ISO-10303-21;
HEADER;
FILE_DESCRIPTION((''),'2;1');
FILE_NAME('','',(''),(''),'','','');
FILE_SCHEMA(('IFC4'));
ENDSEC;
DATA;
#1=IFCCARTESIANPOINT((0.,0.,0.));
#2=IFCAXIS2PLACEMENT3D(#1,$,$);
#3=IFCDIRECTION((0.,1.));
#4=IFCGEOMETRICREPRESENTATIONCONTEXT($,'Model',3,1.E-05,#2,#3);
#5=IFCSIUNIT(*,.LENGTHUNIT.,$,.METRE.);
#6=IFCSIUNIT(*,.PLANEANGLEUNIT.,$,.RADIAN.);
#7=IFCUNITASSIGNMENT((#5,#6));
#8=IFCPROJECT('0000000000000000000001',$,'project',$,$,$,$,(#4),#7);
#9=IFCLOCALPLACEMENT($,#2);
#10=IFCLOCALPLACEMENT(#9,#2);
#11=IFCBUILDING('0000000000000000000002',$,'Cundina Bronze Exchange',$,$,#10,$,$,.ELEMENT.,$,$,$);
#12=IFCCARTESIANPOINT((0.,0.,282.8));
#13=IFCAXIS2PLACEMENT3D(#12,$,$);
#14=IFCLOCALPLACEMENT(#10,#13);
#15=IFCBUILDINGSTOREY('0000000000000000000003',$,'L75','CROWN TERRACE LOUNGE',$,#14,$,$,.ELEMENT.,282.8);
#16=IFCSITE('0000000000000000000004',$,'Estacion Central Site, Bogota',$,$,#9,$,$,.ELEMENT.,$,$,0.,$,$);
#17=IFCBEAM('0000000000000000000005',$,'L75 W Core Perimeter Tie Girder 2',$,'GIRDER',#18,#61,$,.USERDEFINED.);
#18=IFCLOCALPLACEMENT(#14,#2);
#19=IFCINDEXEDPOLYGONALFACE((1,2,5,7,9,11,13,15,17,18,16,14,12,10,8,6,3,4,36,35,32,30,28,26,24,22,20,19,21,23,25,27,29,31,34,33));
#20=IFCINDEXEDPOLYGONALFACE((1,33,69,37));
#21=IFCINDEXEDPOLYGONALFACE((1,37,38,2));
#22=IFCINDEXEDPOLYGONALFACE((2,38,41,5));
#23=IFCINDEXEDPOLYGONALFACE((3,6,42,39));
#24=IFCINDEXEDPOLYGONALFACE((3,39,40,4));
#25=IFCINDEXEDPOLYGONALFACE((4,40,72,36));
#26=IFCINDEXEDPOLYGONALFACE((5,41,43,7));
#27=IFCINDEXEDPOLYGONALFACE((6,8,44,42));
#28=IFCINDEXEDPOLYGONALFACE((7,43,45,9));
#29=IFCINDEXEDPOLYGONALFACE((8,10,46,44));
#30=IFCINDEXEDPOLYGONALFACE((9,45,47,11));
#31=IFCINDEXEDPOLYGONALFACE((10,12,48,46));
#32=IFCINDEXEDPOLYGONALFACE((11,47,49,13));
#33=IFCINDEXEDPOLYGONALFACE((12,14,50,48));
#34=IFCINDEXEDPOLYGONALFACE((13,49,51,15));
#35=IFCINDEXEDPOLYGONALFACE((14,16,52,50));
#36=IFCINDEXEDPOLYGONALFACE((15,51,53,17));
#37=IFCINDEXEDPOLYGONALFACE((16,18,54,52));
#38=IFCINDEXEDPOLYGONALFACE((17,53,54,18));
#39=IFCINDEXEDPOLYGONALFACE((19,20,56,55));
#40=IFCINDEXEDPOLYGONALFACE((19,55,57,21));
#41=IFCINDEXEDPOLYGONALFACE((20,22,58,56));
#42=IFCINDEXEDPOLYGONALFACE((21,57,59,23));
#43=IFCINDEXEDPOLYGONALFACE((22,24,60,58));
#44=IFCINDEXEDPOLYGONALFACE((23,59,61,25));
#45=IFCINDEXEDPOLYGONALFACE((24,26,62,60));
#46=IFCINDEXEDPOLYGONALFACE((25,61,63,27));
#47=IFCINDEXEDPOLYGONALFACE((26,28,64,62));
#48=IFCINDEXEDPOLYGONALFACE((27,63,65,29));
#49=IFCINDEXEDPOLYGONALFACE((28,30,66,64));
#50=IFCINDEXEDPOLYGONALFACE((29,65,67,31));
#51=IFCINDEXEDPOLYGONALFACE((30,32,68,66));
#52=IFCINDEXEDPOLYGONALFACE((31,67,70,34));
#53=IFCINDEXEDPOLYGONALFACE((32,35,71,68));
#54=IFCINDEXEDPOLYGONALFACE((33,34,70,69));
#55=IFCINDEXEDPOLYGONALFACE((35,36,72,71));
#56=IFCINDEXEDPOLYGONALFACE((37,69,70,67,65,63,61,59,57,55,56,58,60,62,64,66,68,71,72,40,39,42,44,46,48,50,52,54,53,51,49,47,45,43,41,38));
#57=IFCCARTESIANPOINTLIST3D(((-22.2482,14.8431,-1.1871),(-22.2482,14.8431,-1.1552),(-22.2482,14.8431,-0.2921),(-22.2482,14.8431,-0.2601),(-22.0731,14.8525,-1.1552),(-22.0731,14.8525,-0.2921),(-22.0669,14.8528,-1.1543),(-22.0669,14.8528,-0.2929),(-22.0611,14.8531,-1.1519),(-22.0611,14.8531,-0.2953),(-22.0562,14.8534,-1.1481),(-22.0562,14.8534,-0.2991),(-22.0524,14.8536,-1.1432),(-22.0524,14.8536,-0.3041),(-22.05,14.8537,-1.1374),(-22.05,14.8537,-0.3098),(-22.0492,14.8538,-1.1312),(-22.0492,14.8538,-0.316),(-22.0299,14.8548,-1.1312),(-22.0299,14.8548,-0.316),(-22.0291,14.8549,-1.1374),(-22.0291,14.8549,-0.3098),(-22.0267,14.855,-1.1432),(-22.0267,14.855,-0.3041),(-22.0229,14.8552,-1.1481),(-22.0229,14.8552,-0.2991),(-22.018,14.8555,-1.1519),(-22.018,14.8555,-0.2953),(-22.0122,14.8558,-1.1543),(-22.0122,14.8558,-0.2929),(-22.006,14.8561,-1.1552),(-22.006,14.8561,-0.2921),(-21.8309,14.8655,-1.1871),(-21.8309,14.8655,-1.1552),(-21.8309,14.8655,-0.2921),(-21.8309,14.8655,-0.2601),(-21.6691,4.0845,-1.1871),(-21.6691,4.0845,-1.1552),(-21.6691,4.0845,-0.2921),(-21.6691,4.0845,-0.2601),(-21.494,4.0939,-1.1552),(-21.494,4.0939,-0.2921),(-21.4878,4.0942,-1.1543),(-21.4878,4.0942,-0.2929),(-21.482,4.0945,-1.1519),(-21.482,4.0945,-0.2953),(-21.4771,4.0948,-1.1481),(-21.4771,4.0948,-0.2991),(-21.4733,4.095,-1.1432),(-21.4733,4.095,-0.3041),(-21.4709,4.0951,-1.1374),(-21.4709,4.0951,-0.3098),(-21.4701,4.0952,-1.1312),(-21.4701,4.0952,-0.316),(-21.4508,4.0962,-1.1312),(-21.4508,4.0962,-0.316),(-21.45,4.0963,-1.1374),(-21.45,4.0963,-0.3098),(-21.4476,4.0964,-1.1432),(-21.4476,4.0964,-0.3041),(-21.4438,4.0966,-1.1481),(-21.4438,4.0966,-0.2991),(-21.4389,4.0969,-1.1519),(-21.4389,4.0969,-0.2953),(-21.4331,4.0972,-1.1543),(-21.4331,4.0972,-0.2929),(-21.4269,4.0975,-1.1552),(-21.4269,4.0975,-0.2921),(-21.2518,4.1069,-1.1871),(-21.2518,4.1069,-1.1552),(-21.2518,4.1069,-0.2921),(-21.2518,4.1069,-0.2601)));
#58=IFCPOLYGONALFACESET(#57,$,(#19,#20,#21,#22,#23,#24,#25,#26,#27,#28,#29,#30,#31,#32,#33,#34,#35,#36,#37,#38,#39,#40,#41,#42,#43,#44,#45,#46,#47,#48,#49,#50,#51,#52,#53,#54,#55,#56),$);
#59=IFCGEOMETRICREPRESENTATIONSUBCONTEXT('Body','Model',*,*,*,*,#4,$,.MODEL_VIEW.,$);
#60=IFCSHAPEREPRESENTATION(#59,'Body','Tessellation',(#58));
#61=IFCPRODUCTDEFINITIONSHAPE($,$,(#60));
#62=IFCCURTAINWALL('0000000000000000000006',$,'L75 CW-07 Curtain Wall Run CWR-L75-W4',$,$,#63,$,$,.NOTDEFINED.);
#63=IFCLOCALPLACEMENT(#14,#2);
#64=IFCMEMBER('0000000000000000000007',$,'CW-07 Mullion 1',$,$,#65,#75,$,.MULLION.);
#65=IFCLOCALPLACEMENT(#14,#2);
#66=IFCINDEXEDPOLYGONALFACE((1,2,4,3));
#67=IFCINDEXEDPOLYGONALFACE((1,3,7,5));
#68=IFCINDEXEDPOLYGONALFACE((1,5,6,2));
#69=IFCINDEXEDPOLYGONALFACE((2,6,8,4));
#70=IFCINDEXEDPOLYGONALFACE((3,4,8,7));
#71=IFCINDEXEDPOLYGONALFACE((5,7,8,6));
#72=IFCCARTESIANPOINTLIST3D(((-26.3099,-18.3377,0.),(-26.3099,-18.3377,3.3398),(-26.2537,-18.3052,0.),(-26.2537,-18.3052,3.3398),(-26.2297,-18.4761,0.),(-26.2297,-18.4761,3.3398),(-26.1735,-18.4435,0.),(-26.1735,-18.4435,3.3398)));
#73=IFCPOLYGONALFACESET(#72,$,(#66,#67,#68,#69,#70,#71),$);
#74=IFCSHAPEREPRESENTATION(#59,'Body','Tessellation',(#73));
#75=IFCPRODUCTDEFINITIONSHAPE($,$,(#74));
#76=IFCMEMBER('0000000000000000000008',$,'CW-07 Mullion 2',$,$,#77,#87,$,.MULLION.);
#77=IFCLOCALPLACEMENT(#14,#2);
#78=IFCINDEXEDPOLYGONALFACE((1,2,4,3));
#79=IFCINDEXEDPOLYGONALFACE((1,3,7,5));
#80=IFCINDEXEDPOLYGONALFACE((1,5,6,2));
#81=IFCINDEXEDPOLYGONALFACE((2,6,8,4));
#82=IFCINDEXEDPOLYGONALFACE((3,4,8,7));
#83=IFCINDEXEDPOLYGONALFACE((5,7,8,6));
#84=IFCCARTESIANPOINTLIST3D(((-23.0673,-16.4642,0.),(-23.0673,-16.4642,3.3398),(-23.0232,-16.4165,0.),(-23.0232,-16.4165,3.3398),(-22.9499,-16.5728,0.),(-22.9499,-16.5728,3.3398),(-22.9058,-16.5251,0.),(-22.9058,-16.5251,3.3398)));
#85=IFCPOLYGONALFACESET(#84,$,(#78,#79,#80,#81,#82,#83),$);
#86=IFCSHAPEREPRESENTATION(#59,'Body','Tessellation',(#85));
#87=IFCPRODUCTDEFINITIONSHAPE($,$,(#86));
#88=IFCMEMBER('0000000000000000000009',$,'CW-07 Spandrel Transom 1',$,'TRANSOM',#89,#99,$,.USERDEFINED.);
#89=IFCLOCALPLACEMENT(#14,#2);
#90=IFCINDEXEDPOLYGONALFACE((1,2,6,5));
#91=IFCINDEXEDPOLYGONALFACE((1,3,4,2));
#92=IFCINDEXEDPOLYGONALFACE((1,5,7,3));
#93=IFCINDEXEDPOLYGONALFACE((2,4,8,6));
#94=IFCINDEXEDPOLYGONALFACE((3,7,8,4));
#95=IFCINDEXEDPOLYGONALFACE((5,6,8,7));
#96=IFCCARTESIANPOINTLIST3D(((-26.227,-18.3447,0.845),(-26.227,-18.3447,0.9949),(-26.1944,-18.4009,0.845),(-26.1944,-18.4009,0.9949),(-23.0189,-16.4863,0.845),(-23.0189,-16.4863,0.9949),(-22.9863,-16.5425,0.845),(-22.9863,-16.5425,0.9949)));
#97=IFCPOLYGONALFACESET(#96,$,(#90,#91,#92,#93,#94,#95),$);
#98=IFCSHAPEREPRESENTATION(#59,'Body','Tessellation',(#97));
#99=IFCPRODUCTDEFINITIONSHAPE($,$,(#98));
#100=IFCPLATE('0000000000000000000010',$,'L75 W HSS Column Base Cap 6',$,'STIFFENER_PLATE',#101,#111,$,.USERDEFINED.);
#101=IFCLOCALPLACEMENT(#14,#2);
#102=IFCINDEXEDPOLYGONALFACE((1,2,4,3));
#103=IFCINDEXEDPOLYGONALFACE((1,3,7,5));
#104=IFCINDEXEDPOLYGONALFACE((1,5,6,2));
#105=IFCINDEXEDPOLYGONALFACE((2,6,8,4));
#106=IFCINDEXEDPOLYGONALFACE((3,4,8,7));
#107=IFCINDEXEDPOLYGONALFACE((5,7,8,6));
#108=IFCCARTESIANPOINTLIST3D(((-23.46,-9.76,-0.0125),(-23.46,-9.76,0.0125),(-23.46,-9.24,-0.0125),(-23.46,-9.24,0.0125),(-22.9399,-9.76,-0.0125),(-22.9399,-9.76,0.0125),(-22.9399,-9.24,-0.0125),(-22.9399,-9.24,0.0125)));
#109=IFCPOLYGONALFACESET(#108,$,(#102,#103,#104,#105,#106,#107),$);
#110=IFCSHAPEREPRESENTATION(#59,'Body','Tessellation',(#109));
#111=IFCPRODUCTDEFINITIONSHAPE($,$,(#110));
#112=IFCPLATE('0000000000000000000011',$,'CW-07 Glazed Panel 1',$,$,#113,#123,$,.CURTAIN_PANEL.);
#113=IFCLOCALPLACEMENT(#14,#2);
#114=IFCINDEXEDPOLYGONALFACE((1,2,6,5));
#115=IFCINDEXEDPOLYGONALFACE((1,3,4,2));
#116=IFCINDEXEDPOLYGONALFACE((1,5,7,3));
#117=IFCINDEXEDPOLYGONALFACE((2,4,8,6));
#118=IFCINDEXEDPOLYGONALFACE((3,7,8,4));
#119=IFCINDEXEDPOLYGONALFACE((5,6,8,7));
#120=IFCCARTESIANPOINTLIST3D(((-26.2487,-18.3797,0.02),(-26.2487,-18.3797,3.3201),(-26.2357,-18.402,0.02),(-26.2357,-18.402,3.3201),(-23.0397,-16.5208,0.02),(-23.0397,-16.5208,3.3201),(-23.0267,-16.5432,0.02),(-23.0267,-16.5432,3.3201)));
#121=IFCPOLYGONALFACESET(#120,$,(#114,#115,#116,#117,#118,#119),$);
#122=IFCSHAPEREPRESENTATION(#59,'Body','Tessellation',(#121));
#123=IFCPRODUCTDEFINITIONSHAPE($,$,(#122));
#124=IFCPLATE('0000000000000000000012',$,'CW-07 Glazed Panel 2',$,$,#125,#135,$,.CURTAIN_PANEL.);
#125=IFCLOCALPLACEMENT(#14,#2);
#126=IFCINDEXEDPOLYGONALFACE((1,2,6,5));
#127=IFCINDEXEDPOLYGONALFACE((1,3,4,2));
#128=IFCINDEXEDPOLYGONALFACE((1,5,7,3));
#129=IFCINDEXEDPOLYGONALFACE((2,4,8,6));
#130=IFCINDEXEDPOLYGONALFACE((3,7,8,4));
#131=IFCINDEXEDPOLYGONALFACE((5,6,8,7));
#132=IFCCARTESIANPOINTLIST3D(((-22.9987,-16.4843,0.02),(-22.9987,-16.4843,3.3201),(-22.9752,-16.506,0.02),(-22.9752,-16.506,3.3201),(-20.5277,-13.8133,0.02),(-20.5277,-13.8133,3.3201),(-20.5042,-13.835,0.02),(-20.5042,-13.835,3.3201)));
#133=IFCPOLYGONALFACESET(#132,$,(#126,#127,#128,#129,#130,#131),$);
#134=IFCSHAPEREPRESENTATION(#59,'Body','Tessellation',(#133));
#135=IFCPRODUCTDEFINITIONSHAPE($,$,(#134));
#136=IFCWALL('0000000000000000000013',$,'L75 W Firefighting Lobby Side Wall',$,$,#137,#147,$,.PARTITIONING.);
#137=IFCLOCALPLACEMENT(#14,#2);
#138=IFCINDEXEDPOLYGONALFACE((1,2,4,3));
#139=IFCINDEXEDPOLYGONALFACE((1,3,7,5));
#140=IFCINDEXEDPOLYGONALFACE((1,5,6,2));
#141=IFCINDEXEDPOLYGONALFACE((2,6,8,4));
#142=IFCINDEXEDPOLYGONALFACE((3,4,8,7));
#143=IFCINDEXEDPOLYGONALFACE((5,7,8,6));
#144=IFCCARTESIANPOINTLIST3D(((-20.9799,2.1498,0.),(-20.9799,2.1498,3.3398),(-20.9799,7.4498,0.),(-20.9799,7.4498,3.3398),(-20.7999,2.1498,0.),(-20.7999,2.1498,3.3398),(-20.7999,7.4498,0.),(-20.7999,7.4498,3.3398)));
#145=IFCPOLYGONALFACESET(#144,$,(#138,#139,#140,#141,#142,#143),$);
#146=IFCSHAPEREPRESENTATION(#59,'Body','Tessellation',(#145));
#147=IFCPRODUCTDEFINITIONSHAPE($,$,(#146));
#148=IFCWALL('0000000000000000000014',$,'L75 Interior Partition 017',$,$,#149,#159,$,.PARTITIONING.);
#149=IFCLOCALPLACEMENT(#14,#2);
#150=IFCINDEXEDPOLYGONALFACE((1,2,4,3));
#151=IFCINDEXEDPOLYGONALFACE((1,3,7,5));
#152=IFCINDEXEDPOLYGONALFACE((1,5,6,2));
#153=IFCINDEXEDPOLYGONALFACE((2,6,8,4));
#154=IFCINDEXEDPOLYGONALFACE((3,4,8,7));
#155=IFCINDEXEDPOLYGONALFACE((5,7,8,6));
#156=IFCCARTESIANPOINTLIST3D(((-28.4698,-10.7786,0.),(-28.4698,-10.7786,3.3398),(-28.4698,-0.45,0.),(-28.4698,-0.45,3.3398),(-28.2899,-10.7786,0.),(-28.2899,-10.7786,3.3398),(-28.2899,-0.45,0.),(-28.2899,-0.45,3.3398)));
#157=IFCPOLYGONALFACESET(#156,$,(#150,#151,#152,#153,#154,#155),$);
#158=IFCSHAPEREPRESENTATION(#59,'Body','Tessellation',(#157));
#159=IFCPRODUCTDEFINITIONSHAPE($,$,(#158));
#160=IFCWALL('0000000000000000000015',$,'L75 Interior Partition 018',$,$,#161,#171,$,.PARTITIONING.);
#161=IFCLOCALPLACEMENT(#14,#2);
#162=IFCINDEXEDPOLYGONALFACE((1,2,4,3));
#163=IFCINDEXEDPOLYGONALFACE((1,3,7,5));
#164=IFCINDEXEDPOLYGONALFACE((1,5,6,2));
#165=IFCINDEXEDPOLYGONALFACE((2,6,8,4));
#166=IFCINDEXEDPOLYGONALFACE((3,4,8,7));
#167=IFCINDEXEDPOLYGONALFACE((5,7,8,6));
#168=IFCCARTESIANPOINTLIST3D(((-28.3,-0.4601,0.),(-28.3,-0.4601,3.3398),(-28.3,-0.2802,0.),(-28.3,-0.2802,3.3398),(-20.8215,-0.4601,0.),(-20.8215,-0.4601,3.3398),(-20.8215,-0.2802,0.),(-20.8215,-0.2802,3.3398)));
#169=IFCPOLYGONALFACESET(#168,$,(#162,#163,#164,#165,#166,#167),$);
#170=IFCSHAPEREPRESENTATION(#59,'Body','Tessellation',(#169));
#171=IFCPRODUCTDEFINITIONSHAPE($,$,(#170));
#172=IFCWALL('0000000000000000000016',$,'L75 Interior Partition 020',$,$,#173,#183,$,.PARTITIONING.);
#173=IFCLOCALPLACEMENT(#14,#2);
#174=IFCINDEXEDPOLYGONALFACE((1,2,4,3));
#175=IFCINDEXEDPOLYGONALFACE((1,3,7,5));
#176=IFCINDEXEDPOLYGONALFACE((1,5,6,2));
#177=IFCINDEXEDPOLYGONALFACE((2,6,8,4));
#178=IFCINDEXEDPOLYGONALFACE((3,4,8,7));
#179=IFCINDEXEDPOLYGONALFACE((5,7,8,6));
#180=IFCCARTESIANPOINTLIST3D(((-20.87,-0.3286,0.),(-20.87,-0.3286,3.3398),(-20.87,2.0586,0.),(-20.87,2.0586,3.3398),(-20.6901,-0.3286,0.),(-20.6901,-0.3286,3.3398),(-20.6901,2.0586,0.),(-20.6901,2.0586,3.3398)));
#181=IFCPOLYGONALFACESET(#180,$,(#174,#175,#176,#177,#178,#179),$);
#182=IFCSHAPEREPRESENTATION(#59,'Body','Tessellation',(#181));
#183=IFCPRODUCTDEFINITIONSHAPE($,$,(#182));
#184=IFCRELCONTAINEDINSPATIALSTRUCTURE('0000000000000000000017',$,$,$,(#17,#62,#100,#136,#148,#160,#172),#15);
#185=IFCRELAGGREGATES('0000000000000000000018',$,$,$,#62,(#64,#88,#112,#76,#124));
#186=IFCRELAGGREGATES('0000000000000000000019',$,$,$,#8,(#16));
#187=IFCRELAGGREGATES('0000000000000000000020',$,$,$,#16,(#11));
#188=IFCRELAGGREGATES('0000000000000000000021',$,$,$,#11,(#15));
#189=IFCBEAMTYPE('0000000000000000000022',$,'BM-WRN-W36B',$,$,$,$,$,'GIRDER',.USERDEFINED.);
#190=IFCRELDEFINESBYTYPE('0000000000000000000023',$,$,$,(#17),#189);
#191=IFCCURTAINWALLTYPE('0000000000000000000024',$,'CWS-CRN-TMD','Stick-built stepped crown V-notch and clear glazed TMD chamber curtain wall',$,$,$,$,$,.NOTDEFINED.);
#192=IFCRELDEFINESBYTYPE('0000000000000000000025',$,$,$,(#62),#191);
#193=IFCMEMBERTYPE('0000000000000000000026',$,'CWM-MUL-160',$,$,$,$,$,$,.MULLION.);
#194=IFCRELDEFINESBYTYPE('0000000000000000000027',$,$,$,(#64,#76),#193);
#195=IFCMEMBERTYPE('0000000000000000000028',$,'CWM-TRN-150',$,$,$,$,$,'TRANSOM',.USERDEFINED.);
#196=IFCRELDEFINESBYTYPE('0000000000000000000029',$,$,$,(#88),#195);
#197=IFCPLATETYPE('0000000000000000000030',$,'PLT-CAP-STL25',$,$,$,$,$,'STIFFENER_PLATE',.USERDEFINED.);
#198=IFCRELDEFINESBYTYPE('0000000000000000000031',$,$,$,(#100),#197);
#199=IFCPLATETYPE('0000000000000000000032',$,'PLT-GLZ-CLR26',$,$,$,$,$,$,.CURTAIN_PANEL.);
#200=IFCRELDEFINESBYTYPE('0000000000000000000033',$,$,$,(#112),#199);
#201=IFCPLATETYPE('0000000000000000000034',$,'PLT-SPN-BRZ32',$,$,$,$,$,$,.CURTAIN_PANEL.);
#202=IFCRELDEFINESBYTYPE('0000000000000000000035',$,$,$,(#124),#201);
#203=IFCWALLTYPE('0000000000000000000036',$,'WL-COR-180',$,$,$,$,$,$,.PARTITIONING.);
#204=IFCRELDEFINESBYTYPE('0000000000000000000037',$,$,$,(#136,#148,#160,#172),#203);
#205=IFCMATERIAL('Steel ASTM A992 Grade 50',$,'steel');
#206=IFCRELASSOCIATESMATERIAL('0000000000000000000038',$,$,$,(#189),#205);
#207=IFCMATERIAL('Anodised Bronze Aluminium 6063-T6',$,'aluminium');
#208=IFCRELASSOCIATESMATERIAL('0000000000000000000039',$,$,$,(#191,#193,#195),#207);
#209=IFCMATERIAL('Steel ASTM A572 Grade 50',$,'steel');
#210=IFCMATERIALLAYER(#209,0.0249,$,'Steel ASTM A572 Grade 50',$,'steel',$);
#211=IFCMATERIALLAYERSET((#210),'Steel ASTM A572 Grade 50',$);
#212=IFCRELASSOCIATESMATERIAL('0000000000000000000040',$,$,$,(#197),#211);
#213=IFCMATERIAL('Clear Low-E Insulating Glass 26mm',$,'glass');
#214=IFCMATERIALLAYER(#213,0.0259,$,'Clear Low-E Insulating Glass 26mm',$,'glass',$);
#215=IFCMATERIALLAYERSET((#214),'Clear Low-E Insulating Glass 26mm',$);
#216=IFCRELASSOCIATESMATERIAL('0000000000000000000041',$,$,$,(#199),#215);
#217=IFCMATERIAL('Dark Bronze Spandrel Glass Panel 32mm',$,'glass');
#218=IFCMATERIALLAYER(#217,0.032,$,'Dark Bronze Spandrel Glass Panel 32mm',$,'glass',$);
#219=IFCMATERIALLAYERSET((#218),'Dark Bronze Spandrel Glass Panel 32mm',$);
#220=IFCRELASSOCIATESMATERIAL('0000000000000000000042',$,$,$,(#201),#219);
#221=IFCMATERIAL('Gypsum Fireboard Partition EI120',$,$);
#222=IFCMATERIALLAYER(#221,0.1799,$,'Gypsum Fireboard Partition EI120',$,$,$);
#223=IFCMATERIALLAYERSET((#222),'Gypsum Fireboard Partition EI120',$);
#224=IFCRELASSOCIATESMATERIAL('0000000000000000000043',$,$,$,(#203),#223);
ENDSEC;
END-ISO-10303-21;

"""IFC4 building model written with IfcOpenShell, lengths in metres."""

from ifc_helpers import new_model, si_unit, direction, frame, frame_2d, origin, origin_2d, place, context, subcontext, project, spatial, rectangle, i_section, extrude, material, layer, layer_set, material_profile, profile_set, type_object, element, aggregate, save


model = new_model("IFC4")

# Units and contexts
model_context = context("Model", 3, precision=1e-05, world=origin(), true_north=direction((0.0, 1.0)))
body_context = subcontext(model_context, "Body", "Model", "MODEL_VIEW")
ifc_project = project(units=[si_unit("LENGTHUNIT", "METRE"), si_unit("PLANEANGLEUNIT", "RADIAN")], contexts=[model_context])

# Site, building, storey
site_placement = place(None, origin())
site = spatial("IfcSite", under=ifc_project, at=site_placement, Name="Estacion Central Site, Bogota", CompositionType="ELEMENT", RefElevation=0.0)
building_placement = place(site_placement, origin())
building = spatial("IfcBuilding", under=site, at=building_placement, Name="Cundina Bronze Exchange", CompositionType="ELEMENT")
storey_placement = place(building_placement, frame((0.0, 0.0, 282.8)))
storey = spatial("IfcBuildingStorey", under=building, at=storey_placement, Name="L75", Description="CROWN TERRACE LOUNGE", CompositionType="ELEMENT", Elevation=282.8)

# Shared definitions
ifc_material_1 = material(Name="Steel ASTM A992 Grade 50", Category="steel")

# Beam
ifc_material_profile_1 = material_profile(ifc_material_1, i_section(OverallWidth=0.418, OverallDepth=0.927, WebThickness=0.0193, FlangeThickness=0.032, FilletRadius=0.0239, at=origin_2d()), Name="W36X231", Category="steel")
ifc_profile_set_1 = profile_set([ifc_material_profile_1], Name="Steel ASTM A992 Grade 50")
beam_type_1 = type_object("IfcBeamType", Name="BM-WRN-W36B", ElementType="GIRDER", PredefinedType="USERDEFINED", material=ifc_profile_set_1)
beam_1_placement = place(storey_placement, frame((-21.4604, 4.0957, -0.7236), z_axis=(-0.053749, 0.998554, 0.0), x_axis=(-0.998554, -0.053749, 0.0)))
element("IfcBeam", 1, at=beam_1_placement, inside=storey, type_object=beam_type_1, Name="L75 W Core Perimeter Tie Girder 2", ObjectType="GIRDER", PredefinedType="USERDEFINED", context=body_context, shape_type="SweptSolid", body=[
    extrude(i_section(OverallWidth=0.418, OverallDepth=0.927, WebThickness=0.0193, FlangeThickness=0.032, FilletRadius=0.0239, at=origin_2d()), origin(), (0.0, 0.0, 1.0), 10.7742),
])

# Curtain wall, members
ifc_material_2 = material(Name="Anodised Bronze Aluminium 6063-T6", Category="aluminium")
curtain_wall_type = type_object("IfcCurtainWallType", Name="CWS-CRN-TMD", Description="Stick-built stepped crown V-notch and clear glazed TMD chamber curtain wall", PredefinedType="NOTDEFINED", material=ifc_material_2)
curtain_wall_placement = place(storey_placement, origin())
curtain_wall = element("IfcCurtainWall", 2, at=curtain_wall_placement, inside=storey, type_object=curtain_wall_type, Name="L75 CW-07 Curtain Wall Run CWR-L75-W4", PredefinedType="NOTDEFINED")
ifc_material_profile_2 = material_profile(ifc_material_2, rectangle(XDim=0.0649, YDim=0.1599, at=origin_2d()), Name="AL65X160", Category="aluminium")
ifc_profile_set_2 = profile_set([ifc_material_profile_2], Name="Anodised Bronze Aluminium 6063-T6")
member_type_1 = type_object("IfcMemberType", Name="CWM-MUL-160", PredefinedType="MULLION", material=ifc_profile_set_2)
member_1_placement = place(storey_placement, frame((-26.2417, -18.3906, 0.0), z_axis=(0.0, 0.0, 1.0), x_axis=(0.865326, 0.501209, 0.0)))
member_1 = element("IfcMember", 3, at=member_1_placement, type_object=member_type_1, Name="CW-07 Mullion 1", PredefinedType="MULLION", context=body_context, shape_type="SweptSolid", body=[
    extrude(rectangle(XDim=0.0649, YDim=0.1599, at=origin_2d()), origin(), (0.0, 0.0, 1.0), 3.3398),
])
member_2_placement = place(storey_placement, frame((-22.9866, -16.4946, 0.0), z_axis=(0.0, 0.0, 1.0), x_axis=(0.679057, 0.734086, 0.0)))
member_2 = element("IfcMember", 4, at=member_2_placement, type_object=member_type_1, Name="CW-07 Mullion 2", PredefinedType="MULLION", context=body_context, shape_type="SweptSolid", body=[
    extrude(rectangle(XDim=0.0649, YDim=0.1599, at=origin_2d()), origin(), (0.0, 0.0, 1.0), 3.3398),
])
ifc_material_profile_3 = material_profile(ifc_material_2, rectangle(XDim=0.0649, YDim=0.1499, at=origin_2d()), Name="AL65X150", Category="aluminium")
ifc_profile_set_3 = profile_set([ifc_material_profile_3], Name="Anodised Bronze Aluminium 6063-T6")
member_type_2 = type_object("IfcMemberType", Name="CWM-TRN-150", ElementType="TRANSOM", PredefinedType="USERDEFINED", material=ifc_profile_set_3)
member_3_placement = place(storey_placement, frame((-26.2107, -18.3728, 0.9199), z_axis=(0.865294, 0.501265, 0.0), x_axis=(-0.501265, 0.865294, 0.0)))
member_3 = element("IfcMember", 5, at=member_3_placement, type_object=member_type_2, Name="CW-07 Spandrel Transom 1", ObjectType="TRANSOM", PredefinedType="USERDEFINED", context=body_context, shape_type="SweptSolid", body=[
    extrude(rectangle(XDim=0.0649, YDim=0.1499, at=origin_2d()), origin(), (0.0, 0.0, 1.0), 3.7075),
])

# Plates
ifc_material_3 = material(Name="Steel ASTM A572 Grade 50", Category="steel")
ifc_layer_1 = layer(ifc_material_3, 0.0249, Name="Steel ASTM A572 Grade 50", Category="steel")
ifc_layer_set_1 = layer_set([ifc_layer_1], Name="Steel ASTM A572 Grade 50")
plate_type_1 = type_object("IfcPlateType", Name="PLT-CAP-STL25", ElementType="STIFFENER_PLATE", PredefinedType="USERDEFINED", material=ifc_layer_set_1)
plate_1_placement = place(storey_placement, frame((-23.2, -9.5, -0.0125), z_axis=(0.0, 0.0, 1.0), x_axis=(1.0, 0.0, 0.0)))
element("IfcPlate", 6, at=plate_1_placement, inside=storey, type_object=plate_type_1, Name="L75 W HSS Column Base Cap 6", ObjectType="STIFFENER_PLATE", PredefinedType="USERDEFINED", context=body_context, shape_type="SweptSolid", body=[
    extrude(rectangle(XDim=0.52, YDim=0.52, at=origin_2d()), origin(), (0.0, 0.0, 1.0), 0.0249),
])
ifc_material_4 = material(Name="Clear Low-E Insulating Glass 26mm", Category="glass")
ifc_layer_2 = layer(ifc_material_4, 0.0259, Name="Clear Low-E Insulating Glass 26mm", Category="glass")
ifc_layer_set_2 = layer_set([ifc_layer_2], Name="Clear Low-E Insulating Glass 26mm")
plate_type_2 = type_object("IfcPlateType", Name="PLT-GLZ-CLR26", PredefinedType="CURTAIN_PANEL", material=ifc_layer_set_2)
plate_2_placement = place(storey_placement, frame((-24.6377, -17.4614, 0.02), z_axis=(0.0, 0.0, 1.0), x_axis=(0.865309, 0.501239, 0.0)))
plate_2 = element("IfcPlate", 7, at=plate_2_placement, type_object=plate_type_2, Name="CW-07 Glazed Panel 1", PredefinedType="CURTAIN_PANEL", context=body_context, shape_type="SweptSolid", body=[
    extrude(rectangle(XDim=3.7085, YDim=0.0259, at=origin_2d()), origin(), (0.0, 0.0, 1.0), 3.3),
])
ifc_material_5 = material(Name="Dark Bronze Spandrel Glass Panel 32mm", Category="glass")
ifc_layer_3 = layer(ifc_material_5, 0.032, Name="Dark Bronze Spandrel Glass Panel 32mm", Category="glass")
ifc_layer_set_3 = layer_set([ifc_layer_3], Name="Dark Bronze Spandrel Glass Panel 32mm")
plate_type_3 = type_object("IfcPlateType", Name="PLT-SPN-BRZ32", PredefinedType="CURTAIN_PANEL", material=ifc_layer_set_3)
plate_3_placement = place(storey_placement, frame((-21.7515, -15.1597, 0.02), z_axis=(0.0, 0.0, 1.0), x_axis=(0.679083, 0.734062, 0.0)))
plate_3 = element("IfcPlate", 8, at=plate_3_placement, type_object=plate_type_3, Name="CW-07 Glazed Panel 2", PredefinedType="CURTAIN_PANEL", context=body_context, shape_type="SweptSolid", body=[
    extrude(rectangle(XDim=3.6387, YDim=0.032, at=origin_2d()), origin(), (0.0, 0.0, 1.0), 3.3),
])
aggregate(curtain_wall, [member_1, member_3, plate_2, member_2, plate_3])

# Wall
ifc_material_6 = material(Name="Gypsum Fireboard Partition EI120")
ifc_layer_4 = layer(ifc_material_6, 0.1799, Name="Gypsum Fireboard Partition EI120")
ifc_layer_set_4 = layer_set([ifc_layer_4], Name="Gypsum Fireboard Partition EI120")
wall_type_1 = type_object("IfcWallType", Name="WL-COR-180", PredefinedType="PARTITIONING", material=ifc_layer_set_4)
wall_1_placement = place(storey_placement, frame((-20.8899, 2.1499, 0.0), z_axis=(0.0, 0.0, 1.0), x_axis=(0.0, 1.0, 0.0)))
element("IfcWall", 9, at=wall_1_placement, inside=storey, type_object=wall_type_1, Name="L75 W Firefighting Lobby Side Wall", PredefinedType="PARTITIONING", context=body_context, shape_type="SweptSolid", body=[
    extrude(rectangle(XDim=5.3, YDim=0.1799, at=frame_2d((2.6499, 0.0))), origin(), (0.0, 0.0, 1.0), 3.3398),
])

# Walls
wall_2_placement = place(storey_placement, frame((-28.3799, -10.7786, 0.0), z_axis=(0.0, 0.0, 1.0), x_axis=(0.0, 1.0, 0.0)))
element("IfcWall", 10, at=wall_2_placement, inside=storey, type_object=wall_type_1, Name="L75 Interior Partition 017", PredefinedType="PARTITIONING", context=body_context, shape_type="SweptSolid", body=[
    extrude(rectangle(XDim=10.3286, YDim=0.1799, at=frame_2d((5.1643, 0.0))), origin(), (0.0, 0.0, 1.0), 3.3398),
])
wall_3_placement = place(storey_placement, frame((-28.3, -0.3701, 0.0), z_axis=(0.0, 0.0, 1.0), x_axis=(1.0, 0.0, 0.0)))
element("IfcWall", 11, at=wall_3_placement, inside=storey, type_object=wall_type_1, Name="L75 Interior Partition 018", PredefinedType="PARTITIONING", context=body_context, shape_type="SweptSolid", body=[
    extrude(rectangle(XDim=7.4785, YDim=0.1799, at=frame_2d((3.7393, 0.0))), origin(), (0.0, 0.0, 1.0), 3.3398),
])
wall_4_placement = place(storey_placement, frame((-20.78, -0.3286, 0.0), z_axis=(0.0, 0.0, 1.0), x_axis=(0.0, 1.0, 0.0)))
element("IfcWall", 12, at=wall_4_placement, inside=storey, type_object=wall_type_1, Name="L75 Interior Partition 020", PredefinedType="PARTITIONING", context=body_context, shape_type="SweptSolid", body=[
    extrude(rectangle(XDim=2.3872, YDim=0.1799, at=frame_2d((1.1936, 0.0))), origin(), (0.0, 0.0, 1.0), 3.3398),
])

save(model, "model.ifc")
